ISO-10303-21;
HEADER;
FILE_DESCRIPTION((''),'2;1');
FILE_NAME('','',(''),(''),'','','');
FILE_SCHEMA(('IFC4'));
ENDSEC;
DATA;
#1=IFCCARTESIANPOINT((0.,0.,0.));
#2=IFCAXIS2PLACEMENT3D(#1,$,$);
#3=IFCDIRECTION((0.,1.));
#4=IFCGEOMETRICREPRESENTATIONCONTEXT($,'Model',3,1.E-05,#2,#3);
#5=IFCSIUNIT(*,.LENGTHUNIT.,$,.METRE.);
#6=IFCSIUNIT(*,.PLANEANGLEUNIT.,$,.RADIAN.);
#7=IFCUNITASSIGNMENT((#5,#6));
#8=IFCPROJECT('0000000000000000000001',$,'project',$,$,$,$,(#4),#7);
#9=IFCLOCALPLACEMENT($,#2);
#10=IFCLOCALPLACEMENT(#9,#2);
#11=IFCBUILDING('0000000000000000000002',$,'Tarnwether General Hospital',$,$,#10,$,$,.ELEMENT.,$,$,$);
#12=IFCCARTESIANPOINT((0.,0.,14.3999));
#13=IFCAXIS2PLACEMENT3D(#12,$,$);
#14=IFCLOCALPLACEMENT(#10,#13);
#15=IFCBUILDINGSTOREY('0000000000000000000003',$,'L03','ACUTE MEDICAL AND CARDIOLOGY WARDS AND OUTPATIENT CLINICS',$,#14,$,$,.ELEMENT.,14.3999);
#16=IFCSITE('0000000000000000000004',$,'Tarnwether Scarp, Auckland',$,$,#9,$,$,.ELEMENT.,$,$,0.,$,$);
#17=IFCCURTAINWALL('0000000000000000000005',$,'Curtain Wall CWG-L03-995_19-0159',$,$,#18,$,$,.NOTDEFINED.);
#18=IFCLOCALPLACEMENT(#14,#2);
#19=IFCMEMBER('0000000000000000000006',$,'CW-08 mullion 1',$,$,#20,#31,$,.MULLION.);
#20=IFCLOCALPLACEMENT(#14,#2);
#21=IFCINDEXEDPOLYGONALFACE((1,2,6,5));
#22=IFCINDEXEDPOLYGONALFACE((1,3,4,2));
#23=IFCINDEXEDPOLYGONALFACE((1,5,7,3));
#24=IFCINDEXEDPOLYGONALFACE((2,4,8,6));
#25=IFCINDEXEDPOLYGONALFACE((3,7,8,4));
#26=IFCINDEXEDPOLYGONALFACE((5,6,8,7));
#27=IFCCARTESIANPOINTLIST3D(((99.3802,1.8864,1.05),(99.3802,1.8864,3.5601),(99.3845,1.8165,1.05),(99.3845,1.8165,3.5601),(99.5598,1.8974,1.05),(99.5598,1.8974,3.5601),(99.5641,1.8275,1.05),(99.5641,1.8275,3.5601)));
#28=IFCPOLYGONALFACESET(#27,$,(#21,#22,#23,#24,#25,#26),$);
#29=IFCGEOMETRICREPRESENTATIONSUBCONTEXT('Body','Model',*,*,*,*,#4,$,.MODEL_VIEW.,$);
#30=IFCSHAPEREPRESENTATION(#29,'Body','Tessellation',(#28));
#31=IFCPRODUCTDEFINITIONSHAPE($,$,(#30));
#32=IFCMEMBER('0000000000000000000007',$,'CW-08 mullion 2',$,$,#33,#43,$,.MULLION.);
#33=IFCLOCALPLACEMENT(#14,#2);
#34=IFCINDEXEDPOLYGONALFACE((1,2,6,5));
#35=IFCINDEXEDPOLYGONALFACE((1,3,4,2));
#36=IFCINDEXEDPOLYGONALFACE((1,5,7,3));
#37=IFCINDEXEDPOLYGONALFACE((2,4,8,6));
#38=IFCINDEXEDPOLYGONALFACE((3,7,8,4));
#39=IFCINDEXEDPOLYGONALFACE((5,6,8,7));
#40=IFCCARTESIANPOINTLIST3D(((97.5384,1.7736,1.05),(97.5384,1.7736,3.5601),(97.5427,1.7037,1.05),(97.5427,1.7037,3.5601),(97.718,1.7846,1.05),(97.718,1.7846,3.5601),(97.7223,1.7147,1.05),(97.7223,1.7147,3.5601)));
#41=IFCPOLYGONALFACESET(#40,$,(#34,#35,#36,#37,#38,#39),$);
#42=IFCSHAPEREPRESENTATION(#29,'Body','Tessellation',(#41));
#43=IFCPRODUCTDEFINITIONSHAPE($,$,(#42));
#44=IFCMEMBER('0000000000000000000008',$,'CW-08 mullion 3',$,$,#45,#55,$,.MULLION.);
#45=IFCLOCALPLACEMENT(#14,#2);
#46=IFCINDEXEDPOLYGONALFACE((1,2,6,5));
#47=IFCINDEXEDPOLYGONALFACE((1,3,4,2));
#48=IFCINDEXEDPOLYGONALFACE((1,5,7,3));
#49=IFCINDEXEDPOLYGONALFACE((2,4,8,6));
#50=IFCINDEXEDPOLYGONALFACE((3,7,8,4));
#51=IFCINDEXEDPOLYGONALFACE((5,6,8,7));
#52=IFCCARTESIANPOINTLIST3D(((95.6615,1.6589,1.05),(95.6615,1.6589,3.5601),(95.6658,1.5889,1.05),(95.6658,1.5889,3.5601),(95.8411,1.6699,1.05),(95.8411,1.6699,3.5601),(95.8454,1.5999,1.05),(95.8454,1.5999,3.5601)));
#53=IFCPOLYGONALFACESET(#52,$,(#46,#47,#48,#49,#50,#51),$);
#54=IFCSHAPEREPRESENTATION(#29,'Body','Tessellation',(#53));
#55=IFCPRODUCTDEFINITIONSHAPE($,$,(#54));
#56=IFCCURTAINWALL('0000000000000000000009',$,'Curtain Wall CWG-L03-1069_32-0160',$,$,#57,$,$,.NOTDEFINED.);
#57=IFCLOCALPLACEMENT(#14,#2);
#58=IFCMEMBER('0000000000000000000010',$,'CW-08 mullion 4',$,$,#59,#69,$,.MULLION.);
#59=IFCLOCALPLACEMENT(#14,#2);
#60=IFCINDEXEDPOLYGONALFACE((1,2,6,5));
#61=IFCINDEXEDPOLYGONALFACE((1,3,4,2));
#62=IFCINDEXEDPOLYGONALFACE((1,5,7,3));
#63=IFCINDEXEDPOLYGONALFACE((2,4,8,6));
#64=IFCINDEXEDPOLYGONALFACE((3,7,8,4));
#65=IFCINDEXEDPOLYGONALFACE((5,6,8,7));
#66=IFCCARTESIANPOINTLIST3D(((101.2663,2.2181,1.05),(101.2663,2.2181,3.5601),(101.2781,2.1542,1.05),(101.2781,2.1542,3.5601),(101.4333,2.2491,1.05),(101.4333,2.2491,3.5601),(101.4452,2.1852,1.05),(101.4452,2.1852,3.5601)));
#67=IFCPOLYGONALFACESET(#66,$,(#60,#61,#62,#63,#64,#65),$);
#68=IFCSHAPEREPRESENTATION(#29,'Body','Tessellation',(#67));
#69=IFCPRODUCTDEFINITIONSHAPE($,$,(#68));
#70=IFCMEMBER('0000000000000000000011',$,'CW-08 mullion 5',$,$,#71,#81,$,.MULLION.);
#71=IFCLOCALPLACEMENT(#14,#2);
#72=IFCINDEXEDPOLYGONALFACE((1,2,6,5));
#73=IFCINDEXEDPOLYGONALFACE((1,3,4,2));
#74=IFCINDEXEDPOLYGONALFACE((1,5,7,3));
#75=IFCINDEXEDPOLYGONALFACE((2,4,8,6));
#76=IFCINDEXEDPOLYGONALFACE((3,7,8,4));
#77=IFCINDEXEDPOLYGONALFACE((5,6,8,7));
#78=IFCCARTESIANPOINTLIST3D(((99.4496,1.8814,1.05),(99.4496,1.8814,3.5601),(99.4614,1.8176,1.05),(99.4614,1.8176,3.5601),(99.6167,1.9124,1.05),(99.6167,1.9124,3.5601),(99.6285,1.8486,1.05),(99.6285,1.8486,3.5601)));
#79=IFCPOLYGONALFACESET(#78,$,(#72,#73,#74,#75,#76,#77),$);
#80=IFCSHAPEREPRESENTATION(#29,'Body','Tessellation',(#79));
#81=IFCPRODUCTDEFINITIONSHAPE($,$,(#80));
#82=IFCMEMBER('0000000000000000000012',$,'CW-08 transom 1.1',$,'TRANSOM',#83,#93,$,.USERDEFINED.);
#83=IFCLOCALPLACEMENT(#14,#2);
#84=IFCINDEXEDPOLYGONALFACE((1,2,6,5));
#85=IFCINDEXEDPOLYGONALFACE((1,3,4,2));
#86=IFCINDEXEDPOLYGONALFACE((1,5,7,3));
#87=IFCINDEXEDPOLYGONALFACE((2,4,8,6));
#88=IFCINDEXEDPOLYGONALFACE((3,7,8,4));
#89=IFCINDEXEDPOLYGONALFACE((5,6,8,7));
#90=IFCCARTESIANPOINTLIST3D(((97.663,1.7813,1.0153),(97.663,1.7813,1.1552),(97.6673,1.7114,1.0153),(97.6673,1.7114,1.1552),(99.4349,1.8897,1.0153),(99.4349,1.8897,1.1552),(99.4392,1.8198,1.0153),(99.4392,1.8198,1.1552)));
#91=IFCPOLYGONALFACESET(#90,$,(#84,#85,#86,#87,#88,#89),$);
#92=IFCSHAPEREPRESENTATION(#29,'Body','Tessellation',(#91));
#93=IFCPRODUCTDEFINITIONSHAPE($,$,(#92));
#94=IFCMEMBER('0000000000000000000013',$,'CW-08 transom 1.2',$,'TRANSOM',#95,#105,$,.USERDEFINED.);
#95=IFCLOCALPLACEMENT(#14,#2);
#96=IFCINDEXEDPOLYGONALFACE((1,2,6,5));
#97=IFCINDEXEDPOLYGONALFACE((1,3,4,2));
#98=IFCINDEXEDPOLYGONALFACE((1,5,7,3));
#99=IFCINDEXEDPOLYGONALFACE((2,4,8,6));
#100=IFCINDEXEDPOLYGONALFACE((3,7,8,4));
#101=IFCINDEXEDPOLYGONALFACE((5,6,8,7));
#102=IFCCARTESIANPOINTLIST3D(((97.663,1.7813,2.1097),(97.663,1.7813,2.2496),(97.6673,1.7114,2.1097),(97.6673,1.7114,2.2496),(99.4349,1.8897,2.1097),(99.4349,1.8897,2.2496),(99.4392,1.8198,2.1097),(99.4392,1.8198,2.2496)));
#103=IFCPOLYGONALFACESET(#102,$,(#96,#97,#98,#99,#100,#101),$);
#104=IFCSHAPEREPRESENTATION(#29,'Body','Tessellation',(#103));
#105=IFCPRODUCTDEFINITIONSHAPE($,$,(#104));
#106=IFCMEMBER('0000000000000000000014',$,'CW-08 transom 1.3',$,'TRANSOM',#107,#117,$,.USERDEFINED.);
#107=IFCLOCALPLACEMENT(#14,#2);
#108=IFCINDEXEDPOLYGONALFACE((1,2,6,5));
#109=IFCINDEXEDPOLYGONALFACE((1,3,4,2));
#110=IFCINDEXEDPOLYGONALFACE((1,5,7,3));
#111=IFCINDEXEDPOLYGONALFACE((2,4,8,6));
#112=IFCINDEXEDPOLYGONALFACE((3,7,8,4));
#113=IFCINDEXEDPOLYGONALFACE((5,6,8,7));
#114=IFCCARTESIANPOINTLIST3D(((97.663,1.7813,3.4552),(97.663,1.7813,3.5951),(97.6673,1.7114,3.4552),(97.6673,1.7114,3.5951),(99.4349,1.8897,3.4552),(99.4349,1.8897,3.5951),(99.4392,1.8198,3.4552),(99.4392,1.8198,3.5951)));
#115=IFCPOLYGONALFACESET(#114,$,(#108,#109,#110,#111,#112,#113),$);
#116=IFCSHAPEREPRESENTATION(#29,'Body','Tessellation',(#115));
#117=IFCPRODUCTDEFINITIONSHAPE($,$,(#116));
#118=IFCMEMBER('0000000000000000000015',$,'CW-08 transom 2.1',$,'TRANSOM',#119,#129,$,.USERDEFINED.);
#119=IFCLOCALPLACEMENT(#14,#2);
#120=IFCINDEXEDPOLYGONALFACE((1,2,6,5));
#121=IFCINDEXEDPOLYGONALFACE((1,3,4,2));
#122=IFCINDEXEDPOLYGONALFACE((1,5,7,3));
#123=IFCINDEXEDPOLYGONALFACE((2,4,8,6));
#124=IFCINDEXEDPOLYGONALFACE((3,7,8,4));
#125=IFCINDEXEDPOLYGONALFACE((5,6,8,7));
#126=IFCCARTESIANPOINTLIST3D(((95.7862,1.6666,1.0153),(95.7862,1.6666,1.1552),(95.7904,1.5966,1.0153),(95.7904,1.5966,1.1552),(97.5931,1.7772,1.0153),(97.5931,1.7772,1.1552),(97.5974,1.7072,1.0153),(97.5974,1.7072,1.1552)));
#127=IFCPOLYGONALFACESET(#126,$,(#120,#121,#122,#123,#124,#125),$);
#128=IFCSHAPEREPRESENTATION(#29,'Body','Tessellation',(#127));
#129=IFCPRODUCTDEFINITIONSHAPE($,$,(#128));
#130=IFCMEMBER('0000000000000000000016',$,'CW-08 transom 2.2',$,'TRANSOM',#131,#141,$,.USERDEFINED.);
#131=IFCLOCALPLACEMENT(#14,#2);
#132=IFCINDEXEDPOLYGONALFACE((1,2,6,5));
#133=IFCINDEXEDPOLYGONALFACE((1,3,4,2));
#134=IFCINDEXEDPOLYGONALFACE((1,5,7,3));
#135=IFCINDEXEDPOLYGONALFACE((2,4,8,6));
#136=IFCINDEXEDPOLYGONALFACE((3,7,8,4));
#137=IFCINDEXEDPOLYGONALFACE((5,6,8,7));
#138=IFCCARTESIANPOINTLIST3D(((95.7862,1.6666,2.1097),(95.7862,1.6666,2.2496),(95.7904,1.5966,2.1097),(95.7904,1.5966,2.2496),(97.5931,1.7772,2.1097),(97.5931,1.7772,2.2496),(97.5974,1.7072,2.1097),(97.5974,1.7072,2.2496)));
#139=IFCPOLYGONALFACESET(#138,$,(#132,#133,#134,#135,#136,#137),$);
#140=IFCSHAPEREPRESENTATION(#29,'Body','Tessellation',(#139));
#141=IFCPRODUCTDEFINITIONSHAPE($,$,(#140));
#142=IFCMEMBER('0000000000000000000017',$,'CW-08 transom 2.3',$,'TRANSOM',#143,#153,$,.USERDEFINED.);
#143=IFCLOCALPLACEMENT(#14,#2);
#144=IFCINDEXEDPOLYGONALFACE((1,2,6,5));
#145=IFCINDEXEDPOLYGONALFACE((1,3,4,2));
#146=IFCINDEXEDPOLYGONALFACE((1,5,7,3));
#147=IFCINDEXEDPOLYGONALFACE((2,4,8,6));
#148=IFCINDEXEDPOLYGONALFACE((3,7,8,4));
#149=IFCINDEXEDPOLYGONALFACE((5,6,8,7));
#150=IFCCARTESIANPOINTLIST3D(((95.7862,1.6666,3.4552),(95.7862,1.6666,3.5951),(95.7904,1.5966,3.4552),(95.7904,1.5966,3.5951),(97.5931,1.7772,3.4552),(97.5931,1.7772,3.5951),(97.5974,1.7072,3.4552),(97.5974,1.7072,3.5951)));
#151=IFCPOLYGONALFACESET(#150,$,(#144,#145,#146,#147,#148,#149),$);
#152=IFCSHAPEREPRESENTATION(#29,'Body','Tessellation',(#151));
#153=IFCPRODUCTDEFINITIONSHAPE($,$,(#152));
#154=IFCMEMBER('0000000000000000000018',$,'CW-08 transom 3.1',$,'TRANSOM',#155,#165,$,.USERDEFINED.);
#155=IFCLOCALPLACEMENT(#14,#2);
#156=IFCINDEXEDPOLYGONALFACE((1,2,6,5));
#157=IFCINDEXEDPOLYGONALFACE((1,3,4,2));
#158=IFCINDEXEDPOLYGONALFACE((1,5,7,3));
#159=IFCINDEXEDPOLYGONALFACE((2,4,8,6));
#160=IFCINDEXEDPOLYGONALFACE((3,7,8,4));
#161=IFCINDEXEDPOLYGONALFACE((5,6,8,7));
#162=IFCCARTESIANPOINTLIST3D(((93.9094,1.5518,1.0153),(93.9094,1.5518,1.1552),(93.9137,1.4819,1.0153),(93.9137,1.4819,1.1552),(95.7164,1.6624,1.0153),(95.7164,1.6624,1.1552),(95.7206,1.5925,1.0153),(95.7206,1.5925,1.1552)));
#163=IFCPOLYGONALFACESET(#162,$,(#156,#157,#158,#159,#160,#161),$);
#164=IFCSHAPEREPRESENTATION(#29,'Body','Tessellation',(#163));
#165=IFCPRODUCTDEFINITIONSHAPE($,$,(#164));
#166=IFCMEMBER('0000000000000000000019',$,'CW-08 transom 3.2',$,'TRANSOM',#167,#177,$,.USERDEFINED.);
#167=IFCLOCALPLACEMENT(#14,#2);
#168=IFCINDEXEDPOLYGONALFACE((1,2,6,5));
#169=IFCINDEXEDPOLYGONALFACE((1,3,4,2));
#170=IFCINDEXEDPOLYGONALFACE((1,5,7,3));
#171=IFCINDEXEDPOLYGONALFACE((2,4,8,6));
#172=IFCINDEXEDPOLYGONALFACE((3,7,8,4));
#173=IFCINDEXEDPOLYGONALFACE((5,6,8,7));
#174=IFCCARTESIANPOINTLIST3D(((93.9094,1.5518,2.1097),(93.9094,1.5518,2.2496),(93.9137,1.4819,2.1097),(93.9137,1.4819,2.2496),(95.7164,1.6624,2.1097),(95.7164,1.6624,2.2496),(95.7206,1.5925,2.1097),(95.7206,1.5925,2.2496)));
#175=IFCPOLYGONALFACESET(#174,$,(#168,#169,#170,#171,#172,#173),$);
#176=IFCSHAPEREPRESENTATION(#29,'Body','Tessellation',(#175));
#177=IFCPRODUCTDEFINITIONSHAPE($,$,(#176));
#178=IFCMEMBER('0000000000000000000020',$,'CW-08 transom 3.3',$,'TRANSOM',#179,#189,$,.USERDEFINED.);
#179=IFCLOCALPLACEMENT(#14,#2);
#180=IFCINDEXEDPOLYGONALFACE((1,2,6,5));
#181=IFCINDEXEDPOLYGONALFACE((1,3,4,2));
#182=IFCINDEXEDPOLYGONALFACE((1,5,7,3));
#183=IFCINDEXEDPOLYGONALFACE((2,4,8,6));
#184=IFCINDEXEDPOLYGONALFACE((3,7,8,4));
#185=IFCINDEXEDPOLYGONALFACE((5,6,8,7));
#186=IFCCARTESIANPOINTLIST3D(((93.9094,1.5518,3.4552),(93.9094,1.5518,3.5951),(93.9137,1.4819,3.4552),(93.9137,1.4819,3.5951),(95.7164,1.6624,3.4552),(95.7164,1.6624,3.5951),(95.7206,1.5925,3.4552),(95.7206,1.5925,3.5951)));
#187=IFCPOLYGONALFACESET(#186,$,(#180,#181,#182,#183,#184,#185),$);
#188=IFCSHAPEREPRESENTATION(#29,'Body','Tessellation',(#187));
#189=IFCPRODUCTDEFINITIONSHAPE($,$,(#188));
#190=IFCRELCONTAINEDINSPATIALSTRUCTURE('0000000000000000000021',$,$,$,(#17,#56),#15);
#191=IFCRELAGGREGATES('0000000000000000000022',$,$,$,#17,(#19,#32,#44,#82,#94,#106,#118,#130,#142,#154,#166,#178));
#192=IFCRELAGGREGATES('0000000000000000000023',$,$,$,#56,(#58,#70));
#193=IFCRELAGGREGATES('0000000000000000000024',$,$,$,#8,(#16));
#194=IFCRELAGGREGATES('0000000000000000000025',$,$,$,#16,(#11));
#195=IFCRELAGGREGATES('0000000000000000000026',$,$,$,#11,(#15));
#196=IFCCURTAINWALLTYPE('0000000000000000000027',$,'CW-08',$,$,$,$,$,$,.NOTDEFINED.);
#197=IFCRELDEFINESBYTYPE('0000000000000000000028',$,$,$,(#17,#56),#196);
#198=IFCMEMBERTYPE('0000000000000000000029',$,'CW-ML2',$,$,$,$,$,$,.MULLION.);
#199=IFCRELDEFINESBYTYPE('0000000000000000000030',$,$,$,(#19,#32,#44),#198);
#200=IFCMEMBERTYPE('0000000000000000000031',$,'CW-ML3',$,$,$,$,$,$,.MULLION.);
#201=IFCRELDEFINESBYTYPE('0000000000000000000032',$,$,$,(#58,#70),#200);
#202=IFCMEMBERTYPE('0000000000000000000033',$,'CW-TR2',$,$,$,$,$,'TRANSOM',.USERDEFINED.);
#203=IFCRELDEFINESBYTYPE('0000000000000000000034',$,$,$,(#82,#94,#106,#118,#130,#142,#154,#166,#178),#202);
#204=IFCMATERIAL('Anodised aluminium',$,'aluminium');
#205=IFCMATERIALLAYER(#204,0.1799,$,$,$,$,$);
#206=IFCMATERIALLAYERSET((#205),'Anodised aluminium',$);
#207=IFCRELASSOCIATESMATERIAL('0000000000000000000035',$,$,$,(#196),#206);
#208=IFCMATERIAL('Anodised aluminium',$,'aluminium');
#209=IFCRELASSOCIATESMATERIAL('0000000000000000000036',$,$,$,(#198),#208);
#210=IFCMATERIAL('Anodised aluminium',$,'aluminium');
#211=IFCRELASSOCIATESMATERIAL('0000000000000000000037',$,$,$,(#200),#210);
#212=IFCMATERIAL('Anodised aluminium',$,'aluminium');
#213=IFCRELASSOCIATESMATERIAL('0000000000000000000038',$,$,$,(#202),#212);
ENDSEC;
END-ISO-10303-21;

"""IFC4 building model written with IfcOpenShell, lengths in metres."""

from ifc_helpers import new_model, si_unit, direction, frame, origin, origin_2d, place, context, subcontext, project, spatial, rectangle, extrude, material, layer, layer_set, material_profile, profile_set, type_object, element, aggregate, save


model = new_model("IFC4")

# Units and contexts
model_context = context("Model", 3, precision=1e-05, world=origin(), true_north=direction((0.0, 1.0)))
body_context = subcontext(model_context, "Body", "Model", "MODEL_VIEW")
ifc_project = project(units=[si_unit("LENGTHUNIT", "METRE"), si_unit("PLANEANGLEUNIT", "RADIAN")], contexts=[model_context])

# Site, building, storey
site_placement = place(None, origin())
site = spatial("IfcSite", under=ifc_project, at=site_placement, Name="Tarnwether Scarp, Auckland", CompositionType="ELEMENT", RefElevation=0.0)
building_placement = place(site_placement, origin())
building = spatial("IfcBuilding", under=site, at=building_placement, Name="Tarnwether General Hospital", CompositionType="ELEMENT")
storey_placement = place(building_placement, frame((0.0, 0.0, 14.3999)))
storey = spatial("IfcBuildingStorey", under=building, at=storey_placement, Name="L03", Description="ACUTE MEDICAL AND CARDIOLOGY WARDS AND OUTPATIENT CLINICS", CompositionType="ELEMENT", Elevation=14.3999)

# Curtain walls, members
ifc_material_1 = material(Name="Anodised aluminium", Category="aluminium")
ifc_layer_1 = layer(ifc_material_1, 0.1799)
ifc_layer_set_1 = layer_set([ifc_layer_1], Name="Anodised aluminium")
curtain_wall_type = type_object("IfcCurtainWallType", Name="CW-08", PredefinedType="NOTDEFINED", material=ifc_layer_set_1)
curtain_wall_1_placement = place(storey_placement, origin())
curtain_wall_1 = element("IfcCurtainWall", 1, at=curtain_wall_1_placement, inside=storey, type_object=curtain_wall_type, Name="Curtain Wall CWG-L03-995_19-0159", PredefinedType="NOTDEFINED")
ifc_material_2 = material(Name="Anodised aluminium", Category="aluminium")
ifc_material_profile_1 = material_profile(ifc_material_2, rectangle(XDim=0.0701, YDim=0.1799, at=origin_2d()), Name="ALU-MUL-70x180")
ifc_profile_set_1 = profile_set([ifc_material_profile_1], Name="Anodised aluminium")
member_type_1 = type_object("IfcMemberType", Name="CW-ML2", PredefinedType="MULLION", material=ifc_profile_set_1)
member_1_placement = place(storey_placement, frame((99.4722, 1.8569, 1.05), z_axis=(0.0, 0.0, 1.0), x_axis=(0.061029, -0.998136, 0.0)))
member_1 = element("IfcMember", 2, at=member_1_placement, type_object=member_type_1, Name="CW-08 mullion 1", PredefinedType="MULLION", context=body_context, shape_type="SweptSolid", body=[
    extrude(rectangle(XDim=0.0701, YDim=0.1799, at=origin_2d()), origin(), (0.0, 0.0, 1.0), 2.51),
])
member_2_placement = place(storey_placement, frame((97.6304, 1.7441, 1.05), z_axis=(0.0, 0.0, 1.0), x_axis=(0.061029, -0.998136, 0.0)))
member_2 = element("IfcMember", 3, at=member_2_placement, type_object=member_type_1, Name="CW-08 mullion 2", PredefinedType="MULLION", context=body_context, shape_type="SweptSolid", body=[
    extrude(rectangle(XDim=0.0701, YDim=0.1799, at=origin_2d()), origin(), (0.0, 0.0, 1.0), 2.51),
])
member_3_placement = place(storey_placement, frame((95.7534, 1.6294, 1.05), z_axis=(0.0, 0.0, 1.0), x_axis=(0.061029, -0.998136, 0.0)))
member_3 = element("IfcMember", 4, at=member_3_placement, type_object=member_type_1, Name="CW-08 mullion 3", PredefinedType="MULLION", context=body_context, shape_type="SweptSolid", body=[
    extrude(rectangle(XDim=0.0701, YDim=0.1799, at=origin_2d()), origin(), (0.0, 0.0, 1.0), 2.51),
])
curtain_wall_2_placement = place(storey_placement, origin())
curtain_wall_2 = element("IfcCurtainWall", 5, at=curtain_wall_2_placement, inside=storey, type_object=curtain_wall_type, Name="Curtain Wall CWG-L03-1069_32-0160", PredefinedType="NOTDEFINED")
ifc_material_3 = material(Name="Anodised aluminium", Category="aluminium")
ifc_material_profile_2 = material_profile(ifc_material_3, rectangle(XDim=0.0649, YDim=0.1699, at=origin_2d()), Name="ALU-MUL-65x170")
ifc_profile_set_2 = profile_set([ifc_material_profile_2], Name="Anodised aluminium")
member_type_2 = type_object("IfcMemberType", Name="CW-ML3", PredefinedType="MULLION", material=ifc_profile_set_2)
member_4_placement = place(storey_placement, frame((101.3557, 2.2017, 1.05), z_axis=(0.0, 0.0, 1.0), x_axis=(0.182289, -0.983245, 0.0)))
member_4 = element("IfcMember", 6, at=member_4_placement, type_object=member_type_2, Name="CW-08 mullion 4", PredefinedType="MULLION", context=body_context, shape_type="SweptSolid", body=[
    extrude(rectangle(XDim=0.0649, YDim=0.1699, at=origin_2d()), origin(), (0.0, 0.0, 1.0), 2.51),
])
member_5_placement = place(storey_placement, frame((99.5391, 1.865, 1.05), z_axis=(0.0, 0.0, 1.0), x_axis=(0.182289, -0.983245, 0.0)))
member_5 = element("IfcMember", 7, at=member_5_placement, type_object=member_type_2, Name="CW-08 mullion 5", PredefinedType="MULLION", context=body_context, shape_type="SweptSolid", body=[
    extrude(rectangle(XDim=0.0649, YDim=0.1699, at=origin_2d()), origin(), (0.0, 0.0, 1.0), 2.51),
])

# Members
ifc_material_4 = material(Name="Anodised aluminium", Category="aluminium")
ifc_material_profile_3 = material_profile(ifc_material_4, rectangle(XDim=0.0701, YDim=0.1399, at=origin_2d()), Name="ALU-TRN-70x140")
ifc_profile_set_3 = profile_set([ifc_material_profile_3], Name="Anodised aluminium")
member_type_3 = type_object("IfcMemberType", Name="CW-TR2", ElementType="TRANSOM", PredefinedType="USERDEFINED", material=ifc_profile_set_3)
member_6_placement = place(storey_placement, frame((99.437, 1.8547, 1.0852), z_axis=(-0.998134, -0.061068, 0.0), x_axis=(0.061068, -0.998134, 0.0)))
member_6 = element("IfcMember", 8, at=member_6_placement, type_object=member_type_3, Name="CW-08 transom 1.1", ObjectType="TRANSOM", PredefinedType="USERDEFINED", context=body_context, shape_type="SweptSolid", body=[
    extrude(rectangle(XDim=0.0701, YDim=0.1399, at=origin_2d()), origin(), (0.0, 0.0, 1.0), 1.7751),
])
member_7_placement = place(storey_placement, frame((99.437, 1.8547, 2.1797), z_axis=(-0.998134, -0.061068, 0.0), x_axis=(0.061068, -0.998134, 0.0)))
member_7 = element("IfcMember", 9, at=member_7_placement, type_object=member_type_3, Name="CW-08 transom 1.2", ObjectType="TRANSOM", PredefinedType="USERDEFINED", context=body_context, shape_type="SweptSolid", body=[
    extrude(rectangle(XDim=0.0701, YDim=0.1399, at=origin_2d()), origin(), (0.0, 0.0, 1.0), 1.7751),
])
member_8_placement = place(storey_placement, frame((99.437, 1.8547, 3.5251), z_axis=(-0.998134, -0.061068, 0.0), x_axis=(0.061068, -0.998134, 0.0)))
member_8 = element("IfcMember", 10, at=member_8_placement, type_object=member_type_3, Name="CW-08 transom 1.3", ObjectType="TRANSOM", PredefinedType="USERDEFINED", context=body_context, shape_type="SweptSolid", body=[
    extrude(rectangle(XDim=0.0701, YDim=0.1399, at=origin_2d()), origin(), (0.0, 0.0, 1.0), 1.7751),
])
member_9_placement = place(storey_placement, frame((97.5952, 1.7422, 1.0852), z_axis=(-0.998132, -0.061094, 0.0), x_axis=(0.061094, -0.998132, 0.0)))
member_9 = element("IfcMember", 11, at=member_9_placement, type_object=member_type_3, Name="CW-08 transom 2.1", ObjectType="TRANSOM", PredefinedType="USERDEFINED", context=body_context, shape_type="SweptSolid", body=[
    extrude(rectangle(XDim=0.0701, YDim=0.1399, at=origin_2d()), origin(), (0.0, 0.0, 1.0), 1.8103),
])
member_10_placement = place(storey_placement, frame((97.5952, 1.7422, 2.1797), z_axis=(-0.998132, -0.061094, 0.0), x_axis=(0.061094, -0.998132, 0.0)))
member_10 = element("IfcMember", 12, at=member_10_placement, type_object=member_type_3, Name="CW-08 transom 2.2", ObjectType="TRANSOM", PredefinedType="USERDEFINED", context=body_context, shape_type="SweptSolid", body=[
    extrude(rectangle(XDim=0.0701, YDim=0.1399, at=origin_2d()), origin(), (0.0, 0.0, 1.0), 1.8103),
])
member_11_placement = place(storey_placement, frame((97.5952, 1.7422, 3.5251), z_axis=(-0.998132, -0.061094, 0.0), x_axis=(0.061094, -0.998132, 0.0)))
member_11 = element("IfcMember", 13, at=member_11_placement, type_object=member_type_3, Name="CW-08 transom 2.3", ObjectType="TRANSOM", PredefinedType="USERDEFINED", context=body_context, shape_type="SweptSolid", body=[
    extrude(rectangle(XDim=0.0701, YDim=0.1399, at=origin_2d()), origin(), (0.0, 0.0, 1.0), 1.8103),
])
member_12_placement = place(storey_placement, frame((95.7185, 1.6274, 1.0852), z_axis=(-0.998132, -0.061094, 0.0), x_axis=(0.061094, -0.998132, 0.0)))
member_12 = element("IfcMember", 14, at=member_12_placement, type_object=member_type_3, Name="CW-08 transom 3.1", ObjectType="TRANSOM", PredefinedType="USERDEFINED", context=body_context, shape_type="SweptSolid", body=[
    extrude(rectangle(XDim=0.0701, YDim=0.1399, at=origin_2d()), origin(), (0.0, 0.0, 1.0), 1.8103),
])
member_13_placement = place(storey_placement, frame((95.7185, 1.6274, 2.1797), z_axis=(-0.998132, -0.061094, 0.0), x_axis=(0.061094, -0.998132, 0.0)))
member_13 = element("IfcMember", 15, at=member_13_placement, type_object=member_type_3, Name="CW-08 transom 3.2", ObjectType="TRANSOM", PredefinedType="USERDEFINED", context=body_context, shape_type="SweptSolid", body=[
    extrude(rectangle(XDim=0.0701, YDim=0.1399, at=origin_2d()), origin(), (0.0, 0.0, 1.0), 1.8103),
])
member_14_placement = place(storey_placement, frame((95.7185, 1.6274, 3.5251), z_axis=(-0.998132, -0.061094, 0.0), x_axis=(0.061094, -0.998132, 0.0)))
member_14 = element("IfcMember", 16, at=member_14_placement, type_object=member_type_3, Name="CW-08 transom 3.3", ObjectType="TRANSOM", PredefinedType="USERDEFINED", context=body_context, shape_type="SweptSolid", body=[
    extrude(rectangle(XDim=0.0701, YDim=0.1399, at=origin_2d()), origin(), (0.0, 0.0, 1.0), 1.8103),
])

aggregate(curtain_wall_1, [member_1, member_2, member_3, member_6, member_7, member_8, member_9, member_10, member_11, member_12, member_13, member_14])
aggregate(curtain_wall_2, [member_4, member_5])

save(model, "model.ifc")
